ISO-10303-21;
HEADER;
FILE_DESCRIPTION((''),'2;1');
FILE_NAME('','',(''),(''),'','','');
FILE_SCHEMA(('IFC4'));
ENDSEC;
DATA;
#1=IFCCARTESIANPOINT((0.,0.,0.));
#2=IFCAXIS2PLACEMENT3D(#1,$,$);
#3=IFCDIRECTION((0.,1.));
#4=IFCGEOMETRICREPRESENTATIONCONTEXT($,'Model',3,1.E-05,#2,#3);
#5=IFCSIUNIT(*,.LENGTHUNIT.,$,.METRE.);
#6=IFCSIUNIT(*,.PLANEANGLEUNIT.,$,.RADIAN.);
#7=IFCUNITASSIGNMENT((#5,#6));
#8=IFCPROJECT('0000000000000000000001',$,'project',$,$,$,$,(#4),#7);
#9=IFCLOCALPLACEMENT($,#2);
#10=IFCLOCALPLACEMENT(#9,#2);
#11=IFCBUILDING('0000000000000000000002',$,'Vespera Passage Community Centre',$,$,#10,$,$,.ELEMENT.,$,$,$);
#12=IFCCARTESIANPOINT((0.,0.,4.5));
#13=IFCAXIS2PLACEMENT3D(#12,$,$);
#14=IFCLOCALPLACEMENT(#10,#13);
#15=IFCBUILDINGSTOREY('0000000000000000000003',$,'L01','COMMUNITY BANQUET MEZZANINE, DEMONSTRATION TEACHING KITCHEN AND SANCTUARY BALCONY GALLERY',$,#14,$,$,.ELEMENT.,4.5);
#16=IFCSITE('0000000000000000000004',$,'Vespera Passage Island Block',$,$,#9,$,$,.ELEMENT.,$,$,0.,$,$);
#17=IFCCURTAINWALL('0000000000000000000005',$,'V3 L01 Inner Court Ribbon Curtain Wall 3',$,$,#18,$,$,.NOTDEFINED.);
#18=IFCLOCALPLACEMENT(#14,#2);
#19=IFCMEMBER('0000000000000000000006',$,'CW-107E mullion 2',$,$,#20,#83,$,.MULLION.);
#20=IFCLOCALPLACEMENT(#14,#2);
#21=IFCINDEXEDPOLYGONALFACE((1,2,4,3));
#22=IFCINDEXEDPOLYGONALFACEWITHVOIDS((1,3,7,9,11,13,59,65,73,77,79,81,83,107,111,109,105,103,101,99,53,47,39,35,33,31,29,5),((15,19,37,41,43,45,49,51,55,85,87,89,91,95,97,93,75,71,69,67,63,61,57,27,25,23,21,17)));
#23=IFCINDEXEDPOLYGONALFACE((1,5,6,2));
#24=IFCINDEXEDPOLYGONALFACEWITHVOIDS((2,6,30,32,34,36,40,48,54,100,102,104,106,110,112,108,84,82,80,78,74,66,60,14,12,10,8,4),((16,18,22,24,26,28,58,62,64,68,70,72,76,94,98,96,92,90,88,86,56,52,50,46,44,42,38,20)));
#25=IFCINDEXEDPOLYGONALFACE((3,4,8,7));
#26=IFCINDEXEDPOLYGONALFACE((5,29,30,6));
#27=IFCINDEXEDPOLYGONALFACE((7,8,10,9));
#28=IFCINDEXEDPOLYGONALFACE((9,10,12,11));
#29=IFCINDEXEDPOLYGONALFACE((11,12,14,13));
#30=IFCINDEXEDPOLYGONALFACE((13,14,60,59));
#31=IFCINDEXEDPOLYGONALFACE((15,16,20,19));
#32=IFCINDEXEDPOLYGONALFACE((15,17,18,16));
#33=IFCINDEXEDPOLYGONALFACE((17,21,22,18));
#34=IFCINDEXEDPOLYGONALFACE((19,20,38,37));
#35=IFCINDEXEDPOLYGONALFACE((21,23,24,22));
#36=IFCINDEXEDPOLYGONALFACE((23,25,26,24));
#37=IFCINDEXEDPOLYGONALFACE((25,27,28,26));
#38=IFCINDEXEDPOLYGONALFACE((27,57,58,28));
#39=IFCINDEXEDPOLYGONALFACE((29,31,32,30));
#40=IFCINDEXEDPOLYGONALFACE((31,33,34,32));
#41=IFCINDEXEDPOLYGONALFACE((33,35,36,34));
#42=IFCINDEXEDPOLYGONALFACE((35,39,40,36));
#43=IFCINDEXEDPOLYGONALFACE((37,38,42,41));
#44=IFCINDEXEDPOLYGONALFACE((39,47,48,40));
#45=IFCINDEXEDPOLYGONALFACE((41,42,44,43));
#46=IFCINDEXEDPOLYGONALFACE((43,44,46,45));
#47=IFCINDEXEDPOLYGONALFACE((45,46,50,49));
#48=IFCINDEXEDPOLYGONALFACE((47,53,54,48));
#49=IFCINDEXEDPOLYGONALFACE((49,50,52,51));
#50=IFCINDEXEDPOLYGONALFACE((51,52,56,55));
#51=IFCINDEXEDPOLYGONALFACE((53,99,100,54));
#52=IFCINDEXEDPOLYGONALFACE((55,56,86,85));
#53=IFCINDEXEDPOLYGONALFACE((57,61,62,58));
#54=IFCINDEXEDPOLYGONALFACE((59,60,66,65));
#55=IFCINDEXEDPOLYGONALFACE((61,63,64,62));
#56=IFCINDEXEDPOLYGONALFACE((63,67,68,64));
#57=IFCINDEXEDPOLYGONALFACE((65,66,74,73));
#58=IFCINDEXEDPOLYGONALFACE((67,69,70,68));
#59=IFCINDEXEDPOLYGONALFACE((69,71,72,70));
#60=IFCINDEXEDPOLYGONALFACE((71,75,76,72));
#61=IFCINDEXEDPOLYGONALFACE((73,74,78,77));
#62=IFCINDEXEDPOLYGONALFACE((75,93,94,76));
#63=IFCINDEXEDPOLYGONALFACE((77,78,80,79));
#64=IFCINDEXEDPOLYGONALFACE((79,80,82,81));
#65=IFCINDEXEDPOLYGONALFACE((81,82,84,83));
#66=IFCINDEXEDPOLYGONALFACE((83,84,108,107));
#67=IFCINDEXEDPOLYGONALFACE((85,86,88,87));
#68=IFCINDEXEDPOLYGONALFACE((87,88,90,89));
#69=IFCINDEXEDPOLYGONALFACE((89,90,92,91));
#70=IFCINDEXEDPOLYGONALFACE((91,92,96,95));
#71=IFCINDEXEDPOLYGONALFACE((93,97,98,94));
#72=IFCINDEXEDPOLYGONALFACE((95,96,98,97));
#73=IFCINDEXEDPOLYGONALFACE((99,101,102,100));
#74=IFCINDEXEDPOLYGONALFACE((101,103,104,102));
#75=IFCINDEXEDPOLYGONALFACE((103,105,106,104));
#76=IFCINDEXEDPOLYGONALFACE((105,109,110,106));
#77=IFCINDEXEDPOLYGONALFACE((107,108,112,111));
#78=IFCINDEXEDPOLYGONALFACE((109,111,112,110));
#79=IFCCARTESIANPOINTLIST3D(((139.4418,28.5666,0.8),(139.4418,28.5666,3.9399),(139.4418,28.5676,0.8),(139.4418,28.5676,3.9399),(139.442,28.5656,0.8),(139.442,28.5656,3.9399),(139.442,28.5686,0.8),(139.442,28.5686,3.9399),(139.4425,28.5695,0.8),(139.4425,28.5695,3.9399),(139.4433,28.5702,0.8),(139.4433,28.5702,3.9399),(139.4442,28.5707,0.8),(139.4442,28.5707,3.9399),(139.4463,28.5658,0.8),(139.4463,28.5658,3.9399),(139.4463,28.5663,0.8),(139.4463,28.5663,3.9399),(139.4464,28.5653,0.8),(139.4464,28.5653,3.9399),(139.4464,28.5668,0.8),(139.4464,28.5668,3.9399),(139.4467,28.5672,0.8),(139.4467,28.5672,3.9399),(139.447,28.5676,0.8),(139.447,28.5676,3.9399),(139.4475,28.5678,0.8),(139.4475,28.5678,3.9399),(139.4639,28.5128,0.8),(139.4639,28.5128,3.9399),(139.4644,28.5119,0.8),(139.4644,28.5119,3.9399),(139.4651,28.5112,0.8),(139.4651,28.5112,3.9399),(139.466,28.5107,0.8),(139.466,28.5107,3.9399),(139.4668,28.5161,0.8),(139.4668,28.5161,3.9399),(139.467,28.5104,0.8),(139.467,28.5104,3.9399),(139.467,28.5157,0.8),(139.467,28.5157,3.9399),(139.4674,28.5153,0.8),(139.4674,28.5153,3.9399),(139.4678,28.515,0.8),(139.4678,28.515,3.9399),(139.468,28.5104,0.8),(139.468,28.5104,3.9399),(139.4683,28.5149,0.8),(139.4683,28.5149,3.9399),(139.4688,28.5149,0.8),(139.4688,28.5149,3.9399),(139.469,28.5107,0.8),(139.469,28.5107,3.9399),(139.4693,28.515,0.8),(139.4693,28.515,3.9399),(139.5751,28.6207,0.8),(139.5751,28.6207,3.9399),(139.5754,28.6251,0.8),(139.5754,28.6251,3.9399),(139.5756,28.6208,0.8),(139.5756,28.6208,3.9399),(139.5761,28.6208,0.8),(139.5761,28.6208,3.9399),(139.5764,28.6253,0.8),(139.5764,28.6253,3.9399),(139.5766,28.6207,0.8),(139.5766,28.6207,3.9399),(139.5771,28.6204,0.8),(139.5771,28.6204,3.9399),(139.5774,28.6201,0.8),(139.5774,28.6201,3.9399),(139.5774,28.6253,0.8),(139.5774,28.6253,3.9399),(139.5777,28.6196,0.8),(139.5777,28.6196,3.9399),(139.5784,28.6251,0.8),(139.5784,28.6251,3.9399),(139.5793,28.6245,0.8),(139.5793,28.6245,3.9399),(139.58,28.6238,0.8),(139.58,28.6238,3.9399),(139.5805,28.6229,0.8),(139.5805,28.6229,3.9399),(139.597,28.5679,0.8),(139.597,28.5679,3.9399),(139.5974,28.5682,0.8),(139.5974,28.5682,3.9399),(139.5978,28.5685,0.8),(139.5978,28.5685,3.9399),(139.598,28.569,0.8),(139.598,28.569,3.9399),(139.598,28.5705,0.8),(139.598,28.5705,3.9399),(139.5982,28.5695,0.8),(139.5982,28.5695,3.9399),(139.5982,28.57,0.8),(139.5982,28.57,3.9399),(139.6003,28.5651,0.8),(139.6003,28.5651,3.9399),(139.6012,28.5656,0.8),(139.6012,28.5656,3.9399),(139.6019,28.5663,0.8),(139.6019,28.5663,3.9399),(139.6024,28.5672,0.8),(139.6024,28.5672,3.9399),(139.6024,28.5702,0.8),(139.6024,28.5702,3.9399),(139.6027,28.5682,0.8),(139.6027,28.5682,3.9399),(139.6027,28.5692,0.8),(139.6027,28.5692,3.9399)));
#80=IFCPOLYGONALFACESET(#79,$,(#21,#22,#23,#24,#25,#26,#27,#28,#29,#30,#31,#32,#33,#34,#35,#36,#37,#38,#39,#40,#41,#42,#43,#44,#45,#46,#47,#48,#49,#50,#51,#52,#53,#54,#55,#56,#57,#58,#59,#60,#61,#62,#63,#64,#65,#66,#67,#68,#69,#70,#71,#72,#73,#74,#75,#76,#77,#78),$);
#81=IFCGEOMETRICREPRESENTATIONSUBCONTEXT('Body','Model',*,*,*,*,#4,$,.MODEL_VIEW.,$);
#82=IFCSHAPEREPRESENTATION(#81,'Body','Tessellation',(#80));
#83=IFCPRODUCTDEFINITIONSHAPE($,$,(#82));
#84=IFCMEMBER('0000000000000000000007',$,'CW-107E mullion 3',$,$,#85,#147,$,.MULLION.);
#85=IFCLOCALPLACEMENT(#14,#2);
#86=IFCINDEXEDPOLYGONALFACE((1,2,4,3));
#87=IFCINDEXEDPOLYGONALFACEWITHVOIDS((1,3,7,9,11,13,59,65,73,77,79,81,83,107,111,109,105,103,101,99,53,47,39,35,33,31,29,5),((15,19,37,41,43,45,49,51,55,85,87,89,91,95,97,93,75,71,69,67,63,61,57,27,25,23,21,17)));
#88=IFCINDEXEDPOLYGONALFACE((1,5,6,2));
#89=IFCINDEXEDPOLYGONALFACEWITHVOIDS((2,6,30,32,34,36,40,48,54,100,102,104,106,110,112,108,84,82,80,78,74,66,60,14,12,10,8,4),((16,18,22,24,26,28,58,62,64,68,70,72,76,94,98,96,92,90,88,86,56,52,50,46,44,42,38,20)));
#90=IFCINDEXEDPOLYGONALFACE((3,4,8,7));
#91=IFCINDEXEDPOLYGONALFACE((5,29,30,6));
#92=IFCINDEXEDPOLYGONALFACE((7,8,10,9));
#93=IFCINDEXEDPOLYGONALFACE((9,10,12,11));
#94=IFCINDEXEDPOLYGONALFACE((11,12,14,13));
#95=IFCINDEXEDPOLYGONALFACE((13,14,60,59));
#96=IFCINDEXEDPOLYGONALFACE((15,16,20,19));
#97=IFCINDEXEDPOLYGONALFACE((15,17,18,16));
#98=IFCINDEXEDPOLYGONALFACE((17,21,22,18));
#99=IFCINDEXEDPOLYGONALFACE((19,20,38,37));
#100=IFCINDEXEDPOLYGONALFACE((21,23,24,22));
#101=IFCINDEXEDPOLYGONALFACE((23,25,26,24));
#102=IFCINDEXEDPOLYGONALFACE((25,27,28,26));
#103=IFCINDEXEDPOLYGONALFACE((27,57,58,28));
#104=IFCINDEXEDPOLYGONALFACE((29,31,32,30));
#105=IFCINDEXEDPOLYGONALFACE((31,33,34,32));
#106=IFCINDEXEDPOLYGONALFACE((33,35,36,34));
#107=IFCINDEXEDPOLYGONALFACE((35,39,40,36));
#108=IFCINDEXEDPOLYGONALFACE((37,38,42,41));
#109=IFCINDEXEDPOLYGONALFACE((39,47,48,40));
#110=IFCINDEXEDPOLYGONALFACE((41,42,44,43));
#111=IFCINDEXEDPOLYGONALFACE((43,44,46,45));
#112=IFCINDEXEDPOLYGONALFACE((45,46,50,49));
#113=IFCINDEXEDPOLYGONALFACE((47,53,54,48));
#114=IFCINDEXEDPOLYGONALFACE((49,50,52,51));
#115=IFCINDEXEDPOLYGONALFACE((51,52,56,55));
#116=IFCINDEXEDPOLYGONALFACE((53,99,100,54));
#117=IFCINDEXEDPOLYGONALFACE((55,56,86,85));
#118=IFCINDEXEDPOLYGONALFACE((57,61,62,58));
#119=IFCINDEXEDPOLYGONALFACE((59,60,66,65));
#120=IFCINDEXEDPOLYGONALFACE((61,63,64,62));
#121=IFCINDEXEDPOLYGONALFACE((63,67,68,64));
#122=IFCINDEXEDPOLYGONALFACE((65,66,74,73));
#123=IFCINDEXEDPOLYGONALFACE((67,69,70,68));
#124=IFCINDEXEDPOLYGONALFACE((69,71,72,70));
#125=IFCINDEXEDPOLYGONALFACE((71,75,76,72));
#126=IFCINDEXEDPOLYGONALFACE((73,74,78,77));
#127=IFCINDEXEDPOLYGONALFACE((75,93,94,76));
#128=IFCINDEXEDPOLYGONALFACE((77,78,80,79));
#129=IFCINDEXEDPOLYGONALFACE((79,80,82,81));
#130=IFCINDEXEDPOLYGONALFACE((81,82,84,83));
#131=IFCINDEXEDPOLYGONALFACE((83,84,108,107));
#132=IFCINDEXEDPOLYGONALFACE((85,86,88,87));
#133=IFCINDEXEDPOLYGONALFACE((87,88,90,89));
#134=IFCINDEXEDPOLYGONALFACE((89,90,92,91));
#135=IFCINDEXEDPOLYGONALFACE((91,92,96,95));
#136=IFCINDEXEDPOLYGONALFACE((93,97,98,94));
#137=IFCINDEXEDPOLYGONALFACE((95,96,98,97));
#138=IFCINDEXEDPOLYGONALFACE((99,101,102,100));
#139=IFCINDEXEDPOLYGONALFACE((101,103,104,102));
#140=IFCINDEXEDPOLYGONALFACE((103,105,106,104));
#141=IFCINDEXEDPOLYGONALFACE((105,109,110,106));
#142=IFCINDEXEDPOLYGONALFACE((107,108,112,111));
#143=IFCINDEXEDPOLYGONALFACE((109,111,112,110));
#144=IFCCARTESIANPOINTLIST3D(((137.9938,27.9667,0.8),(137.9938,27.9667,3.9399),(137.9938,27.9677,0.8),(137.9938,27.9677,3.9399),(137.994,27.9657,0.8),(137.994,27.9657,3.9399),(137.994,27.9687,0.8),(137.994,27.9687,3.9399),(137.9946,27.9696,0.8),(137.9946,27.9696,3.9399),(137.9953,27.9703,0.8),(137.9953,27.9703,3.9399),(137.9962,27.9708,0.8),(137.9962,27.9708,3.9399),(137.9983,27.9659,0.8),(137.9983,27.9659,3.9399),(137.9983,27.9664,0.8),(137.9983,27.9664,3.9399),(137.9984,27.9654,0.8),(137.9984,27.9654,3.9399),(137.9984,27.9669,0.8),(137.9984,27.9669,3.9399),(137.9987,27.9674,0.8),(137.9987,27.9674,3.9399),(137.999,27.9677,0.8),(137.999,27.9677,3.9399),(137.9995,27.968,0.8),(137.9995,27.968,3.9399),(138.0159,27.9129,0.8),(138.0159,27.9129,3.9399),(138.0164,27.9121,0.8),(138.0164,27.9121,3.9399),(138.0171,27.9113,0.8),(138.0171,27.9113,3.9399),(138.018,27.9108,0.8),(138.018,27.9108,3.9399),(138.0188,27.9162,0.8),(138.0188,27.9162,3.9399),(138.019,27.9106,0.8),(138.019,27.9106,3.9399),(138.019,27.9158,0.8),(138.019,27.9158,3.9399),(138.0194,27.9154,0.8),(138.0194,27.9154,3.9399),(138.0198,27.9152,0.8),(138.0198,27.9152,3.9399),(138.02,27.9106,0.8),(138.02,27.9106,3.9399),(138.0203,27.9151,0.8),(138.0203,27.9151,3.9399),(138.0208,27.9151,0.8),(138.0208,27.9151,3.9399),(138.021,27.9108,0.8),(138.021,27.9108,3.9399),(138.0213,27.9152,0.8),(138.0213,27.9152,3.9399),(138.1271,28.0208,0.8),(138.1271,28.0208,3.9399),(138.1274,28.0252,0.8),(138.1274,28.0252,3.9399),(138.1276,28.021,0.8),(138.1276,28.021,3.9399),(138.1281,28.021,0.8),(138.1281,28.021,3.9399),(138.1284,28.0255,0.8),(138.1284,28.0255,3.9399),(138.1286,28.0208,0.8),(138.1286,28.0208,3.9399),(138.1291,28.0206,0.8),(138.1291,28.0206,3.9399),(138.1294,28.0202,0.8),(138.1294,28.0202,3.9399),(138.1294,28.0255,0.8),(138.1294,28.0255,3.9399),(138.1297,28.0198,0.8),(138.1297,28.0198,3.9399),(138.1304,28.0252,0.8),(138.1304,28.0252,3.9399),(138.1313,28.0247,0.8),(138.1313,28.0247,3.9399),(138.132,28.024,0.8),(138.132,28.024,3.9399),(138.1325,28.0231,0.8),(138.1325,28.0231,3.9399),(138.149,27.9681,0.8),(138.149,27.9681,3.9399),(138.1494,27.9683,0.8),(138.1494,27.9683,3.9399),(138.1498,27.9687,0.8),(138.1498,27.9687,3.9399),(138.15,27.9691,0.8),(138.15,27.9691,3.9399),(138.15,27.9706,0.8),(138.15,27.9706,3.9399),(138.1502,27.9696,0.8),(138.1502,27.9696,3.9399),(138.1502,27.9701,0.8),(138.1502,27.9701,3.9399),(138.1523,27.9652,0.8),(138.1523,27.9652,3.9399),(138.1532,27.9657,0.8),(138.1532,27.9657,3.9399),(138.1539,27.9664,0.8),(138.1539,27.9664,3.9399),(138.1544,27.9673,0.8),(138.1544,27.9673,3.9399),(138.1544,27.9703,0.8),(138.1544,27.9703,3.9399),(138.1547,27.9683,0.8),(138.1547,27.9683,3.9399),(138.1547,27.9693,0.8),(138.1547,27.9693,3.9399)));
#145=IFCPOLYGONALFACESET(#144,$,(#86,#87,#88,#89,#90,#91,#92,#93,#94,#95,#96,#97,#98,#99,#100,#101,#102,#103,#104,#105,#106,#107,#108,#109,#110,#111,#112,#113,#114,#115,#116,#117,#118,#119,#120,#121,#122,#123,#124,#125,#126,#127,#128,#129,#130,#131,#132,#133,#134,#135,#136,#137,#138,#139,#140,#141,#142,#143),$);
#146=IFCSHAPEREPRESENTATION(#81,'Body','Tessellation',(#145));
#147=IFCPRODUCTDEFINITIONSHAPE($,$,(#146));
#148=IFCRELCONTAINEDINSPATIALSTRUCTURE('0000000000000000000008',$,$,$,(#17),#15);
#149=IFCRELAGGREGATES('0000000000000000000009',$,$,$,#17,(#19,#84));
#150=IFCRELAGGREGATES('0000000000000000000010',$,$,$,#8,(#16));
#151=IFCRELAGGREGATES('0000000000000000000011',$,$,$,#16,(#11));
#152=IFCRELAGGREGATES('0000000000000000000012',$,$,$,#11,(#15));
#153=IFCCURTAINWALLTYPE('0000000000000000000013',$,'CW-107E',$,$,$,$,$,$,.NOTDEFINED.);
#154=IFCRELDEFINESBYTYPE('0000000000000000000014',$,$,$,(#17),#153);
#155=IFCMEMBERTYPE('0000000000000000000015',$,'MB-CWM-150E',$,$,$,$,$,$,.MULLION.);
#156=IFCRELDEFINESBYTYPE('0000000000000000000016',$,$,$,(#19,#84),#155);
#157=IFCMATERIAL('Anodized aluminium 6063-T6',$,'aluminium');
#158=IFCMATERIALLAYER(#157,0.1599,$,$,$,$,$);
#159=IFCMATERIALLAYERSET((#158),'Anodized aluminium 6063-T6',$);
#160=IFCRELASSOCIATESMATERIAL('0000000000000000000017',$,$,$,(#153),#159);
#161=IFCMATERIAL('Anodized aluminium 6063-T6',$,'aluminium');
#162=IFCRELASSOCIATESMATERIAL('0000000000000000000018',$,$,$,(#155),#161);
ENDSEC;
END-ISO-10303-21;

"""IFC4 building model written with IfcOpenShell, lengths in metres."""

from ifc_helpers import new_model, si_unit, direction, frame, origin, origin_2d, place, context, subcontext, project, spatial, hollow_rectangle, extrude, material, layer, layer_set, material_profile, profile_set, type_object, element, aggregate, save


model = new_model("IFC4")

# Units and contexts
model_context = context("Model", 3, precision=1e-05, world=origin(), true_north=direction((0.0, 1.0)))
body_context = subcontext(model_context, "Body", "Model", "MODEL_VIEW")
ifc_project = project(units=[si_unit("LENGTHUNIT", "METRE"), si_unit("PLANEANGLEUNIT", "RADIAN")], contexts=[model_context])

# Site, building, storey
site_placement = place(None, origin())
site = spatial("IfcSite", under=ifc_project, at=site_placement, Name="Vespera Passage Island Block", CompositionType="ELEMENT", RefElevation=0.0)
building_placement = place(site_placement, origin())
building = spatial("IfcBuilding", under=site, at=building_placement, Name="Vespera Passage Community Centre", CompositionType="ELEMENT")
storey_placement = place(building_placement, frame((0.0, 0.0, 4.5)))
storey = spatial("IfcBuildingStorey", under=building, at=storey_placement, Name="L01", Description="COMMUNITY BANQUET MEZZANINE, DEMONSTRATION TEACHING KITCHEN AND SANCTUARY BALCONY GALLERY", CompositionType="ELEMENT", Elevation=4.5)

# Curtain wall, members
ifc_material_1 = material(Name="Anodized aluminium 6063-T6", Category="aluminium")
ifc_layer_1 = layer(ifc_material_1, 0.1599)
ifc_layer_set_1 = layer_set([ifc_layer_1], Name="Anodized aluminium 6063-T6")
curtain_wall_type = type_object("IfcCurtainWallType", Name="CW-107E", PredefinedType="NOTDEFINED", material=ifc_layer_set_1)
curtain_wall_1_placement = place(storey_placement, origin())
curtain_wall_1 = element("IfcCurtainWall", 1, at=curtain_wall_1_placement, inside=storey, type_object=curtain_wall_type, Name="V3 L01 Inner Court Ribbon Curtain Wall 3", PredefinedType="NOTDEFINED")
ifc_material_2 = material(Name="Anodized aluminium 6063-T6", Category="aluminium")
ifc_material_profile_1 = material_profile(ifc_material_2, hollow_rectangle(XDim=0.0649, YDim=0.1499, WallThickness=0.0039, InnerFilletRadius=0.002, OuterFilletRadius=0.0039, at=origin_2d()), Name="ALU150X65X4")
ifc_profile_set_1 = profile_set([ifc_material_profile_1], Name="Anodized aluminium 6063-T6")
member_type_1 = type_object("IfcMemberType", Name="MB-CWM-150E", PredefinedType="MULLION", material=ifc_profile_set_1)
member_1_placement = place(storey_placement, frame((139.5222, 28.5679, 0.8), z_axis=(0.0, 0.0, 1.0), x_axis=(0.382686, -0.923879, 0.0)))
member_1 = element("IfcMember", 2, at=member_1_placement, type_object=member_type_1, Name="CW-107E mullion 2", PredefinedType="MULLION", context=body_context, shape_type="SweptSolid", body=[
    extrude(hollow_rectangle(XDim=0.0649, YDim=0.1499, WallThickness=0.0039, InnerFilletRadius=0.002, OuterFilletRadius=0.0039, at=origin_2d()), origin(), (0.0, 0.0, 1.0), 3.1399),
])
member_2_placement = place(storey_placement, frame((138.0742, 27.968, 0.8), z_axis=(0.0, 0.0, 1.0), x_axis=(0.382686, -0.923879, 0.0)))
member_2 = element("IfcMember", 3, at=member_2_placement, type_object=member_type_1, Name="CW-107E mullion 3", PredefinedType="MULLION", context=body_context, shape_type="SweptSolid", body=[
    extrude(hollow_rectangle(XDim=0.0649, YDim=0.1499, WallThickness=0.0039, InnerFilletRadius=0.002, OuterFilletRadius=0.0039, at=origin_2d()), origin(), (0.0, 0.0, 1.0), 3.1399),
])

aggregate(curtain_wall_1, [member_1, member_2])

save(model, "model.ifc")
